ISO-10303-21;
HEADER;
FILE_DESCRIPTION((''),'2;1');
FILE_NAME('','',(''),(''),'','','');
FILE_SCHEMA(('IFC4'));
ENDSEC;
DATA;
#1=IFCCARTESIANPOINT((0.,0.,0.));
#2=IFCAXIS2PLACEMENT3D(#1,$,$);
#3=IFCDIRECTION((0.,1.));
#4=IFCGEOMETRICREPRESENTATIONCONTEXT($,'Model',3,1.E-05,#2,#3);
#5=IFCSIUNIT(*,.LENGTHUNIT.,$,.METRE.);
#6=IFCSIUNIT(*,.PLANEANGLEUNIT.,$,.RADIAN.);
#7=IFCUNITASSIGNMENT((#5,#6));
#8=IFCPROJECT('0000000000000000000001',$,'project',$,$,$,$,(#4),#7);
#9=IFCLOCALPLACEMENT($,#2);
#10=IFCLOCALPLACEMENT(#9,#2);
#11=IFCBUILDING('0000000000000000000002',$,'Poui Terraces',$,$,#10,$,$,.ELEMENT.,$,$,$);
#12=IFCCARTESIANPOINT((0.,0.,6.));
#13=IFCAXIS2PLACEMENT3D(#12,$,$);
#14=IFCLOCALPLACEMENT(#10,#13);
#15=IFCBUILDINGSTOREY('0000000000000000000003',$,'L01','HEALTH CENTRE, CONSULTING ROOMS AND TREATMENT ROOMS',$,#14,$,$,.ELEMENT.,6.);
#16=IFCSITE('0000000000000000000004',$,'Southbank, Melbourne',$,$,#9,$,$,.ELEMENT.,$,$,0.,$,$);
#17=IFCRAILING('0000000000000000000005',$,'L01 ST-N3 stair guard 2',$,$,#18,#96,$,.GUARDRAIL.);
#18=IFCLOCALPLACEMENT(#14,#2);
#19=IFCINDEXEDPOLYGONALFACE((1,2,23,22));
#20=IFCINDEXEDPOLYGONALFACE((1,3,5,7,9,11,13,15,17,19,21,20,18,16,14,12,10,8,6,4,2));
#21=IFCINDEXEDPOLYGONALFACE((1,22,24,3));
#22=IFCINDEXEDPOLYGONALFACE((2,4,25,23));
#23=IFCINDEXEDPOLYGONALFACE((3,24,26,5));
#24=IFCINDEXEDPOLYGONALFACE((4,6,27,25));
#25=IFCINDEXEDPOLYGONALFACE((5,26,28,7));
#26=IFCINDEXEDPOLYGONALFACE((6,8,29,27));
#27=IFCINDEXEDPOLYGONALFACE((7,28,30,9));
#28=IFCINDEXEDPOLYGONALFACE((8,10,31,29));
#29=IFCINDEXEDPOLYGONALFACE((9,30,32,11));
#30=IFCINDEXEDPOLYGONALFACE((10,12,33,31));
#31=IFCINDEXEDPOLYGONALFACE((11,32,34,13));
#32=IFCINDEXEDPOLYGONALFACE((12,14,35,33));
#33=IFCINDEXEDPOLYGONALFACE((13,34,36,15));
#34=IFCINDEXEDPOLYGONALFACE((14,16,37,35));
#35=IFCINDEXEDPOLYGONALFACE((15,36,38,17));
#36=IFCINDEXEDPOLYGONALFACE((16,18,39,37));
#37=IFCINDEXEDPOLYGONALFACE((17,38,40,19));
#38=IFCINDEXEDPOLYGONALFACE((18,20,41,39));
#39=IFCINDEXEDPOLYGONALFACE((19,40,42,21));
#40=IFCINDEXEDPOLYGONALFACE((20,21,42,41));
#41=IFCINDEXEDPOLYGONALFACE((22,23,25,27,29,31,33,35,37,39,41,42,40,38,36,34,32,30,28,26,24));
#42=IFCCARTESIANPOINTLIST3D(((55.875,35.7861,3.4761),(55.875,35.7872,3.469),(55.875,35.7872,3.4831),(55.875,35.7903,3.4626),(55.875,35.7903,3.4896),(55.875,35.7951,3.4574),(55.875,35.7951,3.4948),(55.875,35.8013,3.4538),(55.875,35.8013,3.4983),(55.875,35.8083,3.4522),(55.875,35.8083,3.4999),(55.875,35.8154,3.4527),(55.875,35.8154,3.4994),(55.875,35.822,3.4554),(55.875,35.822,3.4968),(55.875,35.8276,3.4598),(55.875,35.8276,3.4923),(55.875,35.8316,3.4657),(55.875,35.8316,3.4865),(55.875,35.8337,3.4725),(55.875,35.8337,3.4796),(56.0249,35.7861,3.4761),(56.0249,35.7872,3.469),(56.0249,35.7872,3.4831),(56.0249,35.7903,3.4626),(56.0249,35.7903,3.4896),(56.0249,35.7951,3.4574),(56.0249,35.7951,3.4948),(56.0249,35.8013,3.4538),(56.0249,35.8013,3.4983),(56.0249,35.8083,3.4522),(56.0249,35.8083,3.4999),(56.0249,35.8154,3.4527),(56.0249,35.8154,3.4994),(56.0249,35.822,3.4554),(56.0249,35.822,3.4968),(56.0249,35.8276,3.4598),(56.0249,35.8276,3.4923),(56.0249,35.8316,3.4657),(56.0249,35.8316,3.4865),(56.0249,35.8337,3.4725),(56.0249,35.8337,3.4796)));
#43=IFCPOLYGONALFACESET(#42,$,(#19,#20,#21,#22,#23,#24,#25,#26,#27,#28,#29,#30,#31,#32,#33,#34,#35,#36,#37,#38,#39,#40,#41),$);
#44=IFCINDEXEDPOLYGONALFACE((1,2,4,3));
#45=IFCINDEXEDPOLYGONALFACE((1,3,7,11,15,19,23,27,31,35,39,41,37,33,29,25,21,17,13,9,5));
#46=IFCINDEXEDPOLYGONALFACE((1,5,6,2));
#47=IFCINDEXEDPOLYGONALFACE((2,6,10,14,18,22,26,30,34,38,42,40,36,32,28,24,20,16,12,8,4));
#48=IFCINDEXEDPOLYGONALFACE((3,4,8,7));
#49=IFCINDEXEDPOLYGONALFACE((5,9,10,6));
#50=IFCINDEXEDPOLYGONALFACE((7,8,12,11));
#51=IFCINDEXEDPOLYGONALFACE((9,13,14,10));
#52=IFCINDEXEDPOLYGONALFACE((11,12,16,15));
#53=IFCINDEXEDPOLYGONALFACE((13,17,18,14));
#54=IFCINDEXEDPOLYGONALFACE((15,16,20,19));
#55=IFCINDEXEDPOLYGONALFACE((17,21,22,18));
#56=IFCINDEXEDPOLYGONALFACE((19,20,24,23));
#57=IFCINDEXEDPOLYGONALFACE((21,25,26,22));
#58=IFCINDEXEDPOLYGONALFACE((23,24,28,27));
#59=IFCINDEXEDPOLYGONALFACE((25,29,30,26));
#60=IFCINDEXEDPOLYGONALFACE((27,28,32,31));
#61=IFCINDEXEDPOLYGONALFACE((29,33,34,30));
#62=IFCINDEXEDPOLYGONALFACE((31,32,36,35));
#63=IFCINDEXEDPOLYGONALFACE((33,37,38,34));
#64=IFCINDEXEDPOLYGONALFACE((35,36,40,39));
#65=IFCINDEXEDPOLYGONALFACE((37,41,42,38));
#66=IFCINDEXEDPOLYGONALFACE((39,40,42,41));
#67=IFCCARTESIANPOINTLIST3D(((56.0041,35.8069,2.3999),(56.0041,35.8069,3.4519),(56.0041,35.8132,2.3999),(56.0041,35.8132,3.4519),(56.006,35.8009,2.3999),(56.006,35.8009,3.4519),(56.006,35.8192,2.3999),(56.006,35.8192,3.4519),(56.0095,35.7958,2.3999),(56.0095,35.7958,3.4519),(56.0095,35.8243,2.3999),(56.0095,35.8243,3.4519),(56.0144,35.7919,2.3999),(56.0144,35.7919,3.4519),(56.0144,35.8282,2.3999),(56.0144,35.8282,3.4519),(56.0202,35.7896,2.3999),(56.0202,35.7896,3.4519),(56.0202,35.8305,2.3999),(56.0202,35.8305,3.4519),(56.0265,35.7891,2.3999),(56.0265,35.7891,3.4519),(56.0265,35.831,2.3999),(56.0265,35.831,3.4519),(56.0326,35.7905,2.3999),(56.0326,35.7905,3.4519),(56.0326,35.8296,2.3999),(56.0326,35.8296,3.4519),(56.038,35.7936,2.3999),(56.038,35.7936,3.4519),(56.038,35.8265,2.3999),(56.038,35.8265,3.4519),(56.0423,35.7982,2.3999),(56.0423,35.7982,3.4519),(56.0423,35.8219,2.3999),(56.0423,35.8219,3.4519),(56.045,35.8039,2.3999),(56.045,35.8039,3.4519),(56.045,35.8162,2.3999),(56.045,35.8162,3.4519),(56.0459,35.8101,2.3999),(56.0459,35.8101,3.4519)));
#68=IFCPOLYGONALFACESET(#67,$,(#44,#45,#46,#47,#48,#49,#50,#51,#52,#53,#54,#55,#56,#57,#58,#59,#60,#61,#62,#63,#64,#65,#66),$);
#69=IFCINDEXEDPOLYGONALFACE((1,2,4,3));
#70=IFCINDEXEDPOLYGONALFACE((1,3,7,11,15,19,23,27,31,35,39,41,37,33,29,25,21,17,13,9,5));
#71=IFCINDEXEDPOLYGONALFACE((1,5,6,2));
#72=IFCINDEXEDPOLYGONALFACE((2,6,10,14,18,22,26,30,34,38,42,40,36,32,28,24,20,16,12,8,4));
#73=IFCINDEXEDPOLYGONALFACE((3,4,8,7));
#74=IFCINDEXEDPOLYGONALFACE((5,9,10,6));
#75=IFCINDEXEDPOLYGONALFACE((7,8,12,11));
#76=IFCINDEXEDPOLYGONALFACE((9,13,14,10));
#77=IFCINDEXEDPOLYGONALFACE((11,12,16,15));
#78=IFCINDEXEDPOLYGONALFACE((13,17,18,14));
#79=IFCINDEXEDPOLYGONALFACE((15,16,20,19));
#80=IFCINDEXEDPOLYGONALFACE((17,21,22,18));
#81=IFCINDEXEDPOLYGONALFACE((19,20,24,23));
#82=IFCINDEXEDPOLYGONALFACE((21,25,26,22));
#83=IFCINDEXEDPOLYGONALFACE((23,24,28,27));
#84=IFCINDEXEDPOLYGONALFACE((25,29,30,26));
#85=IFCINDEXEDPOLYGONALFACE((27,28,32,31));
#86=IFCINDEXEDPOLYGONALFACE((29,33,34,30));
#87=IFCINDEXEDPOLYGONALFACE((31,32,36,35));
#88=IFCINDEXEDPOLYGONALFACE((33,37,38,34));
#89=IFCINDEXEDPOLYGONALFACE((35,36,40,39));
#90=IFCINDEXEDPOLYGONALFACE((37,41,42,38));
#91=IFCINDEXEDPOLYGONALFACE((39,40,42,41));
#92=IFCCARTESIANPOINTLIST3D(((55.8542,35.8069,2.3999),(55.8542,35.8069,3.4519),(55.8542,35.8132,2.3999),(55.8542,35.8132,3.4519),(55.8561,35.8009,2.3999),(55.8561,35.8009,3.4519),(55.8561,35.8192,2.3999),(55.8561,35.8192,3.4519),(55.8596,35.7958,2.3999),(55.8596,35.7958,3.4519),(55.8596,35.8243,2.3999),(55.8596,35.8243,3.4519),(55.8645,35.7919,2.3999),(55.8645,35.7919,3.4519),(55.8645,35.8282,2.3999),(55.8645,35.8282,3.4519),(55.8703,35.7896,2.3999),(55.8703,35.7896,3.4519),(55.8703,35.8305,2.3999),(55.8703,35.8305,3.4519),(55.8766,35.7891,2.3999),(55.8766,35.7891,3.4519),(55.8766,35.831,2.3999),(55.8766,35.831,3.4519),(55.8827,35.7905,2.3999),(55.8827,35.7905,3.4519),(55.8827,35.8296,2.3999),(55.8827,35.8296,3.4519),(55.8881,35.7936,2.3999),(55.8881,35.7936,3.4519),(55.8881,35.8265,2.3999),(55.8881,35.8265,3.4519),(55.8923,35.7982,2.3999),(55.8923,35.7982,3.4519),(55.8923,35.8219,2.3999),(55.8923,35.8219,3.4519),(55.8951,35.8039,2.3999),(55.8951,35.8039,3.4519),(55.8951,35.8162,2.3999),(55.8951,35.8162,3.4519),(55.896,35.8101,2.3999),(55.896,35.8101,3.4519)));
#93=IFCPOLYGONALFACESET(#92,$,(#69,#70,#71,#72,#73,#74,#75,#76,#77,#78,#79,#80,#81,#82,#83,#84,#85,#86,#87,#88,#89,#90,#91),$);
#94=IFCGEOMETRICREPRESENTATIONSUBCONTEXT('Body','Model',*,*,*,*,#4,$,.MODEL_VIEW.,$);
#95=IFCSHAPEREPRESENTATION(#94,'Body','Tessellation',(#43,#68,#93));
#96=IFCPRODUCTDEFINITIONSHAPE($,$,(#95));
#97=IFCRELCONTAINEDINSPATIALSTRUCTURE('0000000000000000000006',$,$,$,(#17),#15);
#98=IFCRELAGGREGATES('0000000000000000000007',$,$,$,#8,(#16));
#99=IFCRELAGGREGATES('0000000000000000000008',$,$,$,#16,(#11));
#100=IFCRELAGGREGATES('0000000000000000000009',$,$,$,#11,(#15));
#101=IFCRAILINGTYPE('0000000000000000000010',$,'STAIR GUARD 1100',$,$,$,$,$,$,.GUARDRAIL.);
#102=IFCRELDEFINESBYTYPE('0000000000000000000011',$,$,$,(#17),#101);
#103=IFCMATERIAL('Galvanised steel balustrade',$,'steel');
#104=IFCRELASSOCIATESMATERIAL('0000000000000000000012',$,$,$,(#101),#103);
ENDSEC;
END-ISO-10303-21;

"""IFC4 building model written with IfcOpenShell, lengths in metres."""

from ifc_helpers import new_model, si_unit, direction, frame, origin, origin_2d, place, context, subcontext, project, spatial, circle, extrude, material, type_object, element, save


model = new_model("IFC4")

# Units and contexts
model_context = context("Model", 3, precision=1e-05, world=origin(), true_north=direction((0.0, 1.0)))
body_context = subcontext(model_context, "Body", "Model", "MODEL_VIEW")
ifc_project = project(units=[si_unit("LENGTHUNIT", "METRE"), si_unit("PLANEANGLEUNIT", "RADIAN")], contexts=[model_context])

# Site, building, storey
site_placement = place(None, origin())
site = spatial("IfcSite", under=ifc_project, at=site_placement, Name="Southbank, Melbourne", CompositionType="ELEMENT", RefElevation=0.0)
building_placement = place(site_placement, origin())
building = spatial("IfcBuilding", under=site, at=building_placement, Name="Poui Terraces", CompositionType="ELEMENT")
storey_placement = place(building_placement, frame((0.0, 0.0, 6.0)))
storey = spatial("IfcBuildingStorey", under=building, at=storey_placement, Name="L01", Description="HEALTH CENTRE, CONSULTING ROOMS AND TREATMENT ROOMS", CompositionType="ELEMENT", Elevation=6.0)

# Railing
ifc_material_1 = material(Name="Galvanised steel balustrade", Category="steel")
railing_type_1 = type_object("IfcRailingType", Name="STAIR GUARD 1100", PredefinedType="GUARDRAIL", material=ifc_material_1)
railing_1_placement = place(storey_placement, frame((56.0249, 35.8101, 2.3999)))
element("IfcRailing", 1, at=railing_1_placement, inside=storey, type_object=railing_type_1, Name="L01 ST-N3 stair guard 2", PredefinedType="GUARDRAIL", context=body_context, shape_type="SweptSolid", body=[
    extrude(circle(Radius=0.0239, at=origin_2d()), frame((0.0, 0.0, 1.0762), z_axis=(-1.0, 0.0, 0.0), x_axis=(0.0, -1.0, 0.0)), (0.0, 0.0, 1.0), 0.1499),
    extrude(circle(Radius=0.021, at=origin_2d()), origin(), (0.0, 0.0, 1.0), 1.052),
    extrude(circle(Radius=0.021, at=origin_2d()), frame((-0.1499, 0.0, 0.0)), (0.0, 0.0, 1.0), 1.052),
])

save(model, "model.ifc")
